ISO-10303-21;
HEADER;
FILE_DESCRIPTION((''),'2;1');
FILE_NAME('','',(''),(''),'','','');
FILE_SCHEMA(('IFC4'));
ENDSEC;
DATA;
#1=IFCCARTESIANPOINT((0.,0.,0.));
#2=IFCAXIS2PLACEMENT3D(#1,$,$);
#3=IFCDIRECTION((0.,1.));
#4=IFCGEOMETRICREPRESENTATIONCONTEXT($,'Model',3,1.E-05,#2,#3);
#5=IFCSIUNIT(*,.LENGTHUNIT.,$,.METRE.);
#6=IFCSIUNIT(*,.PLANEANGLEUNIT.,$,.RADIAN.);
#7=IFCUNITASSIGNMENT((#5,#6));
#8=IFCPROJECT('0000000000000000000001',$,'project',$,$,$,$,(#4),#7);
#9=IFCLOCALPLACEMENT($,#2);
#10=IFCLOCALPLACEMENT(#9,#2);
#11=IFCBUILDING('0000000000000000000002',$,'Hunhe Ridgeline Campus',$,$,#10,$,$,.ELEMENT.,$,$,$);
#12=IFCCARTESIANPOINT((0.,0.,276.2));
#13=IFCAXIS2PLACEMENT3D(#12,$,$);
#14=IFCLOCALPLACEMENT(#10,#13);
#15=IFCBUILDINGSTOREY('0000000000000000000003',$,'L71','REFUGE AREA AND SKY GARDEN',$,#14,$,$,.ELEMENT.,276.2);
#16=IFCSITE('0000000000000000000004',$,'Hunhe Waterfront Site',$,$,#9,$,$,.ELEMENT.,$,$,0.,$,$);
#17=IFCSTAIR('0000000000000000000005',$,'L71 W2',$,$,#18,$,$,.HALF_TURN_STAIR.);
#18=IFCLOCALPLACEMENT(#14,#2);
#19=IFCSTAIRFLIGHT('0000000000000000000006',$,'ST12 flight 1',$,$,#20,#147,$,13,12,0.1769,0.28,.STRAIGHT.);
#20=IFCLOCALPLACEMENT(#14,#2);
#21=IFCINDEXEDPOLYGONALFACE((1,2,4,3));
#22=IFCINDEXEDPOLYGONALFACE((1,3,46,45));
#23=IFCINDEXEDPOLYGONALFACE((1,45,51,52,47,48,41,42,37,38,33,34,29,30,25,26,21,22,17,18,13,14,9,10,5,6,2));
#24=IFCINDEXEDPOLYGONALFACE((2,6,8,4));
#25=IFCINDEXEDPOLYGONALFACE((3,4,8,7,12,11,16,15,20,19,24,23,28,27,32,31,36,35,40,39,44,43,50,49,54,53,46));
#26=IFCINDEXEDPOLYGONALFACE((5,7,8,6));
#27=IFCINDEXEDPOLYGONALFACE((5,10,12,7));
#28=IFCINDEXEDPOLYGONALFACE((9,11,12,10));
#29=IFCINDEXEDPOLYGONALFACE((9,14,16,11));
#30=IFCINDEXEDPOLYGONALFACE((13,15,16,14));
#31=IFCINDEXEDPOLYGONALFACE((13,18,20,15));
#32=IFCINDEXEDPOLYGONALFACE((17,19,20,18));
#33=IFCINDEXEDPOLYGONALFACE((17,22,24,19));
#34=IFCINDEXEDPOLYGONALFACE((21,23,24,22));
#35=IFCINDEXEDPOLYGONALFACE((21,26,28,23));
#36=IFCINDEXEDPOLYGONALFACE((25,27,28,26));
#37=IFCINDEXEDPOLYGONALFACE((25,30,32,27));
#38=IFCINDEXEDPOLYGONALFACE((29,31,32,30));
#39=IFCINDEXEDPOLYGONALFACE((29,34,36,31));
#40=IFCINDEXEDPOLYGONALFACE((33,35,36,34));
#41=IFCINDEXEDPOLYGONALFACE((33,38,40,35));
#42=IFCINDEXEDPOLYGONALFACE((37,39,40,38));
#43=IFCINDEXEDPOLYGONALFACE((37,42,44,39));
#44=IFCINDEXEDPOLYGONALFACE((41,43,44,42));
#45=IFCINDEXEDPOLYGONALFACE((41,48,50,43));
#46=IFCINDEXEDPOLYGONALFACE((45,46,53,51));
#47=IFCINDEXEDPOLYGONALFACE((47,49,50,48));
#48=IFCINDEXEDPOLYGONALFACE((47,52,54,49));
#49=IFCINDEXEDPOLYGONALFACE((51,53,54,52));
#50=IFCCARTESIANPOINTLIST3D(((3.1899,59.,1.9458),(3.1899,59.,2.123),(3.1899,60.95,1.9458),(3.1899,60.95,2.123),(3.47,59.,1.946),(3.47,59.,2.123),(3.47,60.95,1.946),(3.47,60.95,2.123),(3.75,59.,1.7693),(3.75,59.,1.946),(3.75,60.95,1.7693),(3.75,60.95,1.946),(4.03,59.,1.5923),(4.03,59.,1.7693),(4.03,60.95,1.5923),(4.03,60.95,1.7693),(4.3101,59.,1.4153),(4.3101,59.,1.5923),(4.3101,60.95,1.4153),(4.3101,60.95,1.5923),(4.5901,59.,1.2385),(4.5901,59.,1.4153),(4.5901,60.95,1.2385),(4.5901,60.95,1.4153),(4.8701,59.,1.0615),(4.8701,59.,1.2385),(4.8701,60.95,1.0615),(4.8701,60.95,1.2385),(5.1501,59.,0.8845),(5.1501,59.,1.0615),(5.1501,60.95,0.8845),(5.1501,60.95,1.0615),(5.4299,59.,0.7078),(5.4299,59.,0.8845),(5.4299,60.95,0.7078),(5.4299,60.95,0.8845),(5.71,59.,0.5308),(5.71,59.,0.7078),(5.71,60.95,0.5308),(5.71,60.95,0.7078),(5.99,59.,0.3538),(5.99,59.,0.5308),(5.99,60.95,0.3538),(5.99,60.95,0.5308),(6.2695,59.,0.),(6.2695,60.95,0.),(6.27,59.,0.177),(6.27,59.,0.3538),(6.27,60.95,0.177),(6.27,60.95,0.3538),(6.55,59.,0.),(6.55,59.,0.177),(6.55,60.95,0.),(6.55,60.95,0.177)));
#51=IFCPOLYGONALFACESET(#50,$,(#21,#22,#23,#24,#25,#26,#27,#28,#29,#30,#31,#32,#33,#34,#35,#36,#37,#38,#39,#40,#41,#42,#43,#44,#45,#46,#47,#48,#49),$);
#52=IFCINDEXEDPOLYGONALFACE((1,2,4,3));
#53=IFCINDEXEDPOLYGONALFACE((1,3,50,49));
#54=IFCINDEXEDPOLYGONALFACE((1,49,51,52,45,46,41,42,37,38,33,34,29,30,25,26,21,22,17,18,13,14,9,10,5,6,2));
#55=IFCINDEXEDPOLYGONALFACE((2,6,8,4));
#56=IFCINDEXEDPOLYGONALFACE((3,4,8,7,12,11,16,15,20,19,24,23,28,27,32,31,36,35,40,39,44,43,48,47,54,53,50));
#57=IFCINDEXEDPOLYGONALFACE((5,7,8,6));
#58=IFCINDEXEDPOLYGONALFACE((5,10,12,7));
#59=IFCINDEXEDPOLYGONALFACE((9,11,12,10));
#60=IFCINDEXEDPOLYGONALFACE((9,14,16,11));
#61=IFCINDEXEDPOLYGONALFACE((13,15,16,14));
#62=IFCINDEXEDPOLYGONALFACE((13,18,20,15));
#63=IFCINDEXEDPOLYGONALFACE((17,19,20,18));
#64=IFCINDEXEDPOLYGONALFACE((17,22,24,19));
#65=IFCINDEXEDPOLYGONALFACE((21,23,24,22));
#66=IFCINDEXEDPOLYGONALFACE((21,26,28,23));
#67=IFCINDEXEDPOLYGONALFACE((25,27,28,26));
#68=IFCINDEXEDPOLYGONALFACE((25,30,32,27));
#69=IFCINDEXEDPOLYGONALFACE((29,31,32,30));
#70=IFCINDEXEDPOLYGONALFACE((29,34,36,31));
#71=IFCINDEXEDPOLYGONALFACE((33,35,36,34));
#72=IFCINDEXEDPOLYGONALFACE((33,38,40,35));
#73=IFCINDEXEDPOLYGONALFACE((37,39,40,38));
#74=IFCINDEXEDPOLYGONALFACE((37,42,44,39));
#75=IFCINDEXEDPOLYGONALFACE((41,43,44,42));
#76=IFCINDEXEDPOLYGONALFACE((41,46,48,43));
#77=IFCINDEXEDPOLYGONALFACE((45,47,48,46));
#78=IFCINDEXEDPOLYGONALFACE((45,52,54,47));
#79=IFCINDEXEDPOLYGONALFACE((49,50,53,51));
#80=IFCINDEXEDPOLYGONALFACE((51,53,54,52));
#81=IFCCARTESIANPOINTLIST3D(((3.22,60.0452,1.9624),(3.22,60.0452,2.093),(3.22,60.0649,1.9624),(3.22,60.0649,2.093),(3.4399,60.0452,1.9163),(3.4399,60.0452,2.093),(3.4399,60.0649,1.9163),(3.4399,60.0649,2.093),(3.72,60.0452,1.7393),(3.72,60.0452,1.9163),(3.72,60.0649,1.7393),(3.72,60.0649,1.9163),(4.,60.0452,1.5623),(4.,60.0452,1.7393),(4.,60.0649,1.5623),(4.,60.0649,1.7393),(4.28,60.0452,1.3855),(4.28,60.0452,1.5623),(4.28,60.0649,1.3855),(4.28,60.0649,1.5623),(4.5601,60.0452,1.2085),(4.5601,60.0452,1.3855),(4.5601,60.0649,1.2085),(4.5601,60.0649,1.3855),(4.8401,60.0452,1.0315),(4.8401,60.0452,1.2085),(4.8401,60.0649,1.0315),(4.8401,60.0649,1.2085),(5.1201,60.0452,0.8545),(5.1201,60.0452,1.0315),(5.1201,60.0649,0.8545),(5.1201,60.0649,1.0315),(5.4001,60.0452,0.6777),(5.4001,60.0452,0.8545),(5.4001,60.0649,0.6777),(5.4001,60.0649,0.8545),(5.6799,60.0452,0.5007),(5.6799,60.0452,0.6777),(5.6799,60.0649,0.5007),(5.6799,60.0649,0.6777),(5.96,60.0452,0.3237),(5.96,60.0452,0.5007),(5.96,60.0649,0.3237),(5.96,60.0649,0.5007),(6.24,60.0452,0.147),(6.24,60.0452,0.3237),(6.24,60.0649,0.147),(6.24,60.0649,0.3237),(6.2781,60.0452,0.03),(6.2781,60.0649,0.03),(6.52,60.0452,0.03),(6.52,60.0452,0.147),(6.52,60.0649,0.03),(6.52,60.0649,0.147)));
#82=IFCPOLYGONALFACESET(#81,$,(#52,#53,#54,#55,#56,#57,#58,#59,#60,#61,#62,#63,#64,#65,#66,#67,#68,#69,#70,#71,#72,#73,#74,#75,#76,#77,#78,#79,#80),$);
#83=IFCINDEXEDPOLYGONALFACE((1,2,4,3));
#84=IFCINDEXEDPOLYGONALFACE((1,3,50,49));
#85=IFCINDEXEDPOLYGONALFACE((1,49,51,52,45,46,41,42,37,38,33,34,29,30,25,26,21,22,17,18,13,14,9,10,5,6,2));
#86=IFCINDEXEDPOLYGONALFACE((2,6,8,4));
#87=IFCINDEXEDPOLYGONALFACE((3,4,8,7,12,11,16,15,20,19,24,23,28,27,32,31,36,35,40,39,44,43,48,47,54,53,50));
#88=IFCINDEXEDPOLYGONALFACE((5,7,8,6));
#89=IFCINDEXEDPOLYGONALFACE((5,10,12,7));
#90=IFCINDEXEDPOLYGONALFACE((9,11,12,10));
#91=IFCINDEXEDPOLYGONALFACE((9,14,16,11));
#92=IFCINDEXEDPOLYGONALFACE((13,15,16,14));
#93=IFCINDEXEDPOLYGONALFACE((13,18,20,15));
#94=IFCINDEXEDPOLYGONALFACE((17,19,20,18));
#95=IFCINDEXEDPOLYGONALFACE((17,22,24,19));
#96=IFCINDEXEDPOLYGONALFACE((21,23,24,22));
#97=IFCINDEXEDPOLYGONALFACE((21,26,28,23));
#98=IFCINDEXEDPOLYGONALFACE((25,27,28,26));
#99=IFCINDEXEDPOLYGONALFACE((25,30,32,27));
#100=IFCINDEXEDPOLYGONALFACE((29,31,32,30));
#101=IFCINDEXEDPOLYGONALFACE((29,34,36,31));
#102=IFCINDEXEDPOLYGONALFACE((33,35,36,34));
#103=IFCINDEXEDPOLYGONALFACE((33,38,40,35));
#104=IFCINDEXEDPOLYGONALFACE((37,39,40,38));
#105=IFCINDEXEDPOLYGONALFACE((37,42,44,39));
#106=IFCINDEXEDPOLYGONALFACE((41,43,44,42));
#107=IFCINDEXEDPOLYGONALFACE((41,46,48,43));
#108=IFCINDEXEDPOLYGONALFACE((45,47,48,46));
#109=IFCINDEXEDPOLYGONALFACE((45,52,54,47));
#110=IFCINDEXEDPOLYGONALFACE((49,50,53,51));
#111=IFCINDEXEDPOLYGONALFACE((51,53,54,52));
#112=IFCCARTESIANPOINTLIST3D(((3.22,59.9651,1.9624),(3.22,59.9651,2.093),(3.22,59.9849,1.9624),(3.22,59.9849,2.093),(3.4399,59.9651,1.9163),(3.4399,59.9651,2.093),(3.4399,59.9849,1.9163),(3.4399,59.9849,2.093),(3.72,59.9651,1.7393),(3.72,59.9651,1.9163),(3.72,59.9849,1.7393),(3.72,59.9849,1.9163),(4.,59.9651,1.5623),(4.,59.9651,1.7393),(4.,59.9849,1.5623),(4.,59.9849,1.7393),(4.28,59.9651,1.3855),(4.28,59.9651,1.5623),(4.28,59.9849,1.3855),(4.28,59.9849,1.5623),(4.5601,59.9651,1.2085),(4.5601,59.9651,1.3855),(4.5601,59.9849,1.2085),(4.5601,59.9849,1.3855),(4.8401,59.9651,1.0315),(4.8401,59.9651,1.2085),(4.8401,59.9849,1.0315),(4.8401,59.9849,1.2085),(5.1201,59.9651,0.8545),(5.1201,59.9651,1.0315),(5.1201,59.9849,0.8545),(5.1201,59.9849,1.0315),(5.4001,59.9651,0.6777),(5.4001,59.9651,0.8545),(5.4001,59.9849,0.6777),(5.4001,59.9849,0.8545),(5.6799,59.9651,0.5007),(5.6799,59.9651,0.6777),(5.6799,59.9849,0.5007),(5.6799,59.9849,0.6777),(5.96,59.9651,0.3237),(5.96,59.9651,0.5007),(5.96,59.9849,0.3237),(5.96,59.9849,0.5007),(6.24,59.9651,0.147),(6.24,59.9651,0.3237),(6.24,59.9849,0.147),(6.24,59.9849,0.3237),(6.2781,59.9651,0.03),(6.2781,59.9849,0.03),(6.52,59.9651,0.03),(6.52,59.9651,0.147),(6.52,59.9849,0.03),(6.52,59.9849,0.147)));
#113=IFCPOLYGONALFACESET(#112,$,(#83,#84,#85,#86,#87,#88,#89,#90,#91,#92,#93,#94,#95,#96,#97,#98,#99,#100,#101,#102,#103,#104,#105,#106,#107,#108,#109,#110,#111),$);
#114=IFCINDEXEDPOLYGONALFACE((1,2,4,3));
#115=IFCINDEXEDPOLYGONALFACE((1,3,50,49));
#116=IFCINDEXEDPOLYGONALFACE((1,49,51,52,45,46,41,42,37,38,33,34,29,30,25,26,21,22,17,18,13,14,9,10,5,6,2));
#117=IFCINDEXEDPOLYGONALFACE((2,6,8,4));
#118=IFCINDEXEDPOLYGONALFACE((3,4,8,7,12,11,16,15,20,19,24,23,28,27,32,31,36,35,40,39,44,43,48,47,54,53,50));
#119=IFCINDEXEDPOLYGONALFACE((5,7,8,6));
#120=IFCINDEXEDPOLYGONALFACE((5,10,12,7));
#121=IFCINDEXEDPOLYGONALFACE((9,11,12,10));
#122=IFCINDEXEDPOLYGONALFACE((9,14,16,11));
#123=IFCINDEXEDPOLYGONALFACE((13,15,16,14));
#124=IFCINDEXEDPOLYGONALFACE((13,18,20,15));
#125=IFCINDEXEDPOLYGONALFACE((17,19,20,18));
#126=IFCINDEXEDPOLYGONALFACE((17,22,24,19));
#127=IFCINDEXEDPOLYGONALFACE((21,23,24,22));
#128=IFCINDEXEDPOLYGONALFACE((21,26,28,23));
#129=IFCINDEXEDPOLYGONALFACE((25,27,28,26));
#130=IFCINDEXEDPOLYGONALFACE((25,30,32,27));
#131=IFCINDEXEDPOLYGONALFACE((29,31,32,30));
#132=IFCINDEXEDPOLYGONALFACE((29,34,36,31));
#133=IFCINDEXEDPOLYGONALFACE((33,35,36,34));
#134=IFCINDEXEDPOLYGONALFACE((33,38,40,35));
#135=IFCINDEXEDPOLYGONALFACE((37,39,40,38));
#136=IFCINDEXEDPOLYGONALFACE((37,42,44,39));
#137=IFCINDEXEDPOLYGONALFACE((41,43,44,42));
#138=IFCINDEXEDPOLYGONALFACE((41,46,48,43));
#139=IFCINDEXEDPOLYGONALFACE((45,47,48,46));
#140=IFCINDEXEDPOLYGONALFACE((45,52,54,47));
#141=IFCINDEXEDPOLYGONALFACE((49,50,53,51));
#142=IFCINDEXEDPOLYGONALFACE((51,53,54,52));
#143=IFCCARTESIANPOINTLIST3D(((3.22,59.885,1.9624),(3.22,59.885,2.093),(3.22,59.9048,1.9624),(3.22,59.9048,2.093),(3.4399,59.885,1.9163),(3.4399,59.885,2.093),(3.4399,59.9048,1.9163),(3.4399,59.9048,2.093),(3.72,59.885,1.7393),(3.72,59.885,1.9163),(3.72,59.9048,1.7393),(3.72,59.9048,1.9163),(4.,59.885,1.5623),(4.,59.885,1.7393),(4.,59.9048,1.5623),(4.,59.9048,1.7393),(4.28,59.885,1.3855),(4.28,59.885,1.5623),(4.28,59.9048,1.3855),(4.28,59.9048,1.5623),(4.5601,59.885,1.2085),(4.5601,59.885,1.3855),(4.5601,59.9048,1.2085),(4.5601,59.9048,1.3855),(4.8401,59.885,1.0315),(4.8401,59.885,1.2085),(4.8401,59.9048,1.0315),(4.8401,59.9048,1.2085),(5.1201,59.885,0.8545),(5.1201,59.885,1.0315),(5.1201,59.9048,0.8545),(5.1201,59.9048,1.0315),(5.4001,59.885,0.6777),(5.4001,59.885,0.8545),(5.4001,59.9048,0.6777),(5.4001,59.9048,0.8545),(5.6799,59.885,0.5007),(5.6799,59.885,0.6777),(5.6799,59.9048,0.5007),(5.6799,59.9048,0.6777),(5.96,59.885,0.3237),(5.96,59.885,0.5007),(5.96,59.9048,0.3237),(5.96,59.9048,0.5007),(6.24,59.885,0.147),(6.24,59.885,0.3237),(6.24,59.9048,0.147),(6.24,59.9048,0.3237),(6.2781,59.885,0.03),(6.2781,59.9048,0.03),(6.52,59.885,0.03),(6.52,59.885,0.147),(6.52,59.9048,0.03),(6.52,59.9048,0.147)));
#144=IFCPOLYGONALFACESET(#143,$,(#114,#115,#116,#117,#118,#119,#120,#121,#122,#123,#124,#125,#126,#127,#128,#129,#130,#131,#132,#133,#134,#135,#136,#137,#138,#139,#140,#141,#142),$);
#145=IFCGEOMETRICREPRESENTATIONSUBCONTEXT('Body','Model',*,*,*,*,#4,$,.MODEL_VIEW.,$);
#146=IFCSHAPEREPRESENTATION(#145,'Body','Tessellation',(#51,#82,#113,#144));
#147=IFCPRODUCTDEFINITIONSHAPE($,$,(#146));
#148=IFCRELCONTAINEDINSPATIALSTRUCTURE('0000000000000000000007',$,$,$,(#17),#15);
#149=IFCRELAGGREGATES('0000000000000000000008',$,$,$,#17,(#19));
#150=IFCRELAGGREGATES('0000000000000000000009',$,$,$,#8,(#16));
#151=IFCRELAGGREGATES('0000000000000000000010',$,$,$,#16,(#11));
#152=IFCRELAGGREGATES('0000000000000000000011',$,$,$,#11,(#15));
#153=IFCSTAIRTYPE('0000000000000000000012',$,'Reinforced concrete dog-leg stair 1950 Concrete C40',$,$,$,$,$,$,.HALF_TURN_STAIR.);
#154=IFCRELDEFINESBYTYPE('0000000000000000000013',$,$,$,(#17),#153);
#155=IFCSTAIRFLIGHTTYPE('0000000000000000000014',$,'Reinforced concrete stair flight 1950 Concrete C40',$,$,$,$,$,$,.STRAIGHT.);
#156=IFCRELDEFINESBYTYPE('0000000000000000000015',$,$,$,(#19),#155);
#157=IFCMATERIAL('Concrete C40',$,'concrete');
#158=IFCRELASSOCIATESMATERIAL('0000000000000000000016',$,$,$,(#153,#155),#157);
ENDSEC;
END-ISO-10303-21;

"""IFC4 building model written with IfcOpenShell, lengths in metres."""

from ifc_helpers import new_model, si_unit, direction, frame, origin, place, context, subcontext, project, spatial, polyline, outline, extrude, material, type_object, element, aggregate, save


model = new_model("IFC4")

# Units and contexts
model_context = context("Model", 3, precision=1e-05, world=origin(), true_north=direction((0.0, 1.0)))
body_context = subcontext(model_context, "Body", "Model", "MODEL_VIEW")
ifc_project = project(units=[si_unit("LENGTHUNIT", "METRE"), si_unit("PLANEANGLEUNIT", "RADIAN")], contexts=[model_context])

# Site, building, storey
site_placement = place(None, origin())
site = spatial("IfcSite", under=ifc_project, at=site_placement, Name="Hunhe Waterfront Site", CompositionType="ELEMENT", RefElevation=0.0)
building_placement = place(site_placement, origin())
building = spatial("IfcBuilding", under=site, at=building_placement, Name="Hunhe Ridgeline Campus", CompositionType="ELEMENT")
storey_placement = place(building_placement, frame((0.0, 0.0, 276.2)))
storey = spatial("IfcBuildingStorey", under=building, at=storey_placement, Name="L71", Description="REFUGE AREA AND SKY GARDEN", CompositionType="ELEMENT", Elevation=276.2)

# Stair, stair flight
ifc_material_1 = material(Name="Concrete C40", Category="concrete")
stair_type = type_object("IfcStairType", Name="Reinforced concrete dog-leg stair 1950 Concrete C40", PredefinedType="HALF_TURN_STAIR", material=ifc_material_1)
stair_flight_type = type_object("IfcStairFlightType", Name="Reinforced concrete stair flight 1950 Concrete C40", PredefinedType="STRAIGHT", material=ifc_material_1)
stair_1_placement = place(storey_placement, origin())
stair_1 = element("IfcStair", 1, at=stair_1_placement, inside=storey, type_object=stair_type, Name="L71 W2", PredefinedType="HALF_TURN_STAIR")
stair_flight_1_placement = place(storey_placement, frame((6.55, 59.9751, 0.0), z_axis=(0.0, 0.0, 1.0), x_axis=(-1.0, 0.0, 0.0)))
stair_flight_1 = element("IfcStairFlight", 2, at=stair_flight_1_placement, type_object=stair_flight_type, Name="ST12 flight 1", NumberOfRisers=13, NumberOfTreads=12, PredefinedType="STRAIGHT", RiserHeight=0.1769, TreadLength=0.28, context=body_context, shape_type="SweptSolid", body=[
    extrude(outline(polyline([(0.0, 0.0), (0.0, 0.177), (0.28, 0.177), (0.28, 0.3538), (0.5601, 0.3538), (0.5601, 0.5308), (0.8401, 0.5308), (0.8401, 0.7078), (1.1201, 0.7078), (1.1201, 0.8845), (1.3999, 0.8845), (1.3999, 1.0615), (1.6799, 1.0615), (1.6799, 1.2385), (1.96, 1.2385), (1.96, 1.4153), (2.24, 1.4153), (2.24, 1.5923), (2.52, 1.5923), (2.52, 1.7693), (2.8, 1.7693), (2.8, 1.946), (3.0801, 1.946), (3.0801, 2.123), (3.3601, 2.123), (3.3601, 2.3), (3.3601, 1.9458), (0.2805, 0.0), (0.0, 0.0)])), frame((0.0, 0.9751, 0.0), z_axis=(0.0, -1.0, 0.0), x_axis=(1.0, 0.0, 0.0)), (0.0, 0.0, 1.0), 1.95),
    extrude(outline(polyline([(0.03, 0.03), (0.03, 0.147), (0.3101, 0.147), (0.3101, 0.3237), (0.5901, 0.3237), (0.5901, 0.5007), (0.8701, 0.5007), (0.8701, 0.6777), (1.1499, 0.6777), (1.1499, 0.8545), (1.4299, 0.8545), (1.4299, 1.0315), (1.71, 1.0315), (1.71, 1.2085), (1.99, 1.2085), (1.99, 1.3855), (2.27, 1.3855), (2.27, 1.5623), (2.55, 1.5623), (2.55, 1.7393), (2.8301, 1.7393), (2.8301, 1.9163), (3.1101, 1.9163), (3.1101, 2.093), (3.3301, 2.093), (3.3301, 1.9624), (0.272, 0.03), (0.03, 0.03)])), frame((0.0, -0.0701, 0.0), z_axis=(0.0, -1.0, 0.0), x_axis=(1.0, 0.0, 0.0)), (0.0, 0.0, 1.0), 0.0198),
    extrude(outline(polyline([(0.03, 0.03), (0.03, 0.147), (0.3101, 0.147), (0.3101, 0.3237), (0.5901, 0.3237), (0.5901, 0.5007), (0.8701, 0.5007), (0.8701, 0.6777), (1.1499, 0.6777), (1.1499, 0.8545), (1.4299, 0.8545), (1.4299, 1.0315), (1.71, 1.0315), (1.71, 1.2085), (1.99, 1.2085), (1.99, 1.3855), (2.27, 1.3855), (2.27, 1.5623), (2.55, 1.5623), (2.55, 1.7393), (2.8301, 1.7393), (2.8301, 1.9163), (3.1101, 1.9163), (3.1101, 2.093), (3.3301, 2.093), (3.3301, 1.9624), (0.272, 0.03), (0.03, 0.03)])), frame((0.0, 0.01, 0.0), z_axis=(0.0, -1.0, 0.0), x_axis=(1.0, 0.0, 0.0)), (0.0, 0.0, 1.0), 0.0198),
    extrude(outline(polyline([(0.03, 0.03), (0.03, 0.147), (0.3101, 0.147), (0.3101, 0.3237), (0.5901, 0.3237), (0.5901, 0.5007), (0.8701, 0.5007), (0.8701, 0.6777), (1.1499, 0.6777), (1.1499, 0.8545), (1.4299, 0.8545), (1.4299, 1.0315), (1.71, 1.0315), (1.71, 1.2085), (1.99, 1.2085), (1.99, 1.3855), (2.27, 1.3855), (2.27, 1.5623), (2.55, 1.5623), (2.55, 1.7393), (2.8301, 1.7393), (2.8301, 1.9163), (3.1101, 1.9163), (3.1101, 2.093), (3.3301, 2.093), (3.3301, 1.9624), (0.272, 0.03), (0.03, 0.03)])), frame((0.0, 0.0901, 0.0), z_axis=(0.0, -1.0, 0.0), x_axis=(1.0, 0.0, 0.0)), (0.0, 0.0, 1.0), 0.0198),
])
aggregate(stair_1, [stair_flight_1])

save(model, "model.ifc")
